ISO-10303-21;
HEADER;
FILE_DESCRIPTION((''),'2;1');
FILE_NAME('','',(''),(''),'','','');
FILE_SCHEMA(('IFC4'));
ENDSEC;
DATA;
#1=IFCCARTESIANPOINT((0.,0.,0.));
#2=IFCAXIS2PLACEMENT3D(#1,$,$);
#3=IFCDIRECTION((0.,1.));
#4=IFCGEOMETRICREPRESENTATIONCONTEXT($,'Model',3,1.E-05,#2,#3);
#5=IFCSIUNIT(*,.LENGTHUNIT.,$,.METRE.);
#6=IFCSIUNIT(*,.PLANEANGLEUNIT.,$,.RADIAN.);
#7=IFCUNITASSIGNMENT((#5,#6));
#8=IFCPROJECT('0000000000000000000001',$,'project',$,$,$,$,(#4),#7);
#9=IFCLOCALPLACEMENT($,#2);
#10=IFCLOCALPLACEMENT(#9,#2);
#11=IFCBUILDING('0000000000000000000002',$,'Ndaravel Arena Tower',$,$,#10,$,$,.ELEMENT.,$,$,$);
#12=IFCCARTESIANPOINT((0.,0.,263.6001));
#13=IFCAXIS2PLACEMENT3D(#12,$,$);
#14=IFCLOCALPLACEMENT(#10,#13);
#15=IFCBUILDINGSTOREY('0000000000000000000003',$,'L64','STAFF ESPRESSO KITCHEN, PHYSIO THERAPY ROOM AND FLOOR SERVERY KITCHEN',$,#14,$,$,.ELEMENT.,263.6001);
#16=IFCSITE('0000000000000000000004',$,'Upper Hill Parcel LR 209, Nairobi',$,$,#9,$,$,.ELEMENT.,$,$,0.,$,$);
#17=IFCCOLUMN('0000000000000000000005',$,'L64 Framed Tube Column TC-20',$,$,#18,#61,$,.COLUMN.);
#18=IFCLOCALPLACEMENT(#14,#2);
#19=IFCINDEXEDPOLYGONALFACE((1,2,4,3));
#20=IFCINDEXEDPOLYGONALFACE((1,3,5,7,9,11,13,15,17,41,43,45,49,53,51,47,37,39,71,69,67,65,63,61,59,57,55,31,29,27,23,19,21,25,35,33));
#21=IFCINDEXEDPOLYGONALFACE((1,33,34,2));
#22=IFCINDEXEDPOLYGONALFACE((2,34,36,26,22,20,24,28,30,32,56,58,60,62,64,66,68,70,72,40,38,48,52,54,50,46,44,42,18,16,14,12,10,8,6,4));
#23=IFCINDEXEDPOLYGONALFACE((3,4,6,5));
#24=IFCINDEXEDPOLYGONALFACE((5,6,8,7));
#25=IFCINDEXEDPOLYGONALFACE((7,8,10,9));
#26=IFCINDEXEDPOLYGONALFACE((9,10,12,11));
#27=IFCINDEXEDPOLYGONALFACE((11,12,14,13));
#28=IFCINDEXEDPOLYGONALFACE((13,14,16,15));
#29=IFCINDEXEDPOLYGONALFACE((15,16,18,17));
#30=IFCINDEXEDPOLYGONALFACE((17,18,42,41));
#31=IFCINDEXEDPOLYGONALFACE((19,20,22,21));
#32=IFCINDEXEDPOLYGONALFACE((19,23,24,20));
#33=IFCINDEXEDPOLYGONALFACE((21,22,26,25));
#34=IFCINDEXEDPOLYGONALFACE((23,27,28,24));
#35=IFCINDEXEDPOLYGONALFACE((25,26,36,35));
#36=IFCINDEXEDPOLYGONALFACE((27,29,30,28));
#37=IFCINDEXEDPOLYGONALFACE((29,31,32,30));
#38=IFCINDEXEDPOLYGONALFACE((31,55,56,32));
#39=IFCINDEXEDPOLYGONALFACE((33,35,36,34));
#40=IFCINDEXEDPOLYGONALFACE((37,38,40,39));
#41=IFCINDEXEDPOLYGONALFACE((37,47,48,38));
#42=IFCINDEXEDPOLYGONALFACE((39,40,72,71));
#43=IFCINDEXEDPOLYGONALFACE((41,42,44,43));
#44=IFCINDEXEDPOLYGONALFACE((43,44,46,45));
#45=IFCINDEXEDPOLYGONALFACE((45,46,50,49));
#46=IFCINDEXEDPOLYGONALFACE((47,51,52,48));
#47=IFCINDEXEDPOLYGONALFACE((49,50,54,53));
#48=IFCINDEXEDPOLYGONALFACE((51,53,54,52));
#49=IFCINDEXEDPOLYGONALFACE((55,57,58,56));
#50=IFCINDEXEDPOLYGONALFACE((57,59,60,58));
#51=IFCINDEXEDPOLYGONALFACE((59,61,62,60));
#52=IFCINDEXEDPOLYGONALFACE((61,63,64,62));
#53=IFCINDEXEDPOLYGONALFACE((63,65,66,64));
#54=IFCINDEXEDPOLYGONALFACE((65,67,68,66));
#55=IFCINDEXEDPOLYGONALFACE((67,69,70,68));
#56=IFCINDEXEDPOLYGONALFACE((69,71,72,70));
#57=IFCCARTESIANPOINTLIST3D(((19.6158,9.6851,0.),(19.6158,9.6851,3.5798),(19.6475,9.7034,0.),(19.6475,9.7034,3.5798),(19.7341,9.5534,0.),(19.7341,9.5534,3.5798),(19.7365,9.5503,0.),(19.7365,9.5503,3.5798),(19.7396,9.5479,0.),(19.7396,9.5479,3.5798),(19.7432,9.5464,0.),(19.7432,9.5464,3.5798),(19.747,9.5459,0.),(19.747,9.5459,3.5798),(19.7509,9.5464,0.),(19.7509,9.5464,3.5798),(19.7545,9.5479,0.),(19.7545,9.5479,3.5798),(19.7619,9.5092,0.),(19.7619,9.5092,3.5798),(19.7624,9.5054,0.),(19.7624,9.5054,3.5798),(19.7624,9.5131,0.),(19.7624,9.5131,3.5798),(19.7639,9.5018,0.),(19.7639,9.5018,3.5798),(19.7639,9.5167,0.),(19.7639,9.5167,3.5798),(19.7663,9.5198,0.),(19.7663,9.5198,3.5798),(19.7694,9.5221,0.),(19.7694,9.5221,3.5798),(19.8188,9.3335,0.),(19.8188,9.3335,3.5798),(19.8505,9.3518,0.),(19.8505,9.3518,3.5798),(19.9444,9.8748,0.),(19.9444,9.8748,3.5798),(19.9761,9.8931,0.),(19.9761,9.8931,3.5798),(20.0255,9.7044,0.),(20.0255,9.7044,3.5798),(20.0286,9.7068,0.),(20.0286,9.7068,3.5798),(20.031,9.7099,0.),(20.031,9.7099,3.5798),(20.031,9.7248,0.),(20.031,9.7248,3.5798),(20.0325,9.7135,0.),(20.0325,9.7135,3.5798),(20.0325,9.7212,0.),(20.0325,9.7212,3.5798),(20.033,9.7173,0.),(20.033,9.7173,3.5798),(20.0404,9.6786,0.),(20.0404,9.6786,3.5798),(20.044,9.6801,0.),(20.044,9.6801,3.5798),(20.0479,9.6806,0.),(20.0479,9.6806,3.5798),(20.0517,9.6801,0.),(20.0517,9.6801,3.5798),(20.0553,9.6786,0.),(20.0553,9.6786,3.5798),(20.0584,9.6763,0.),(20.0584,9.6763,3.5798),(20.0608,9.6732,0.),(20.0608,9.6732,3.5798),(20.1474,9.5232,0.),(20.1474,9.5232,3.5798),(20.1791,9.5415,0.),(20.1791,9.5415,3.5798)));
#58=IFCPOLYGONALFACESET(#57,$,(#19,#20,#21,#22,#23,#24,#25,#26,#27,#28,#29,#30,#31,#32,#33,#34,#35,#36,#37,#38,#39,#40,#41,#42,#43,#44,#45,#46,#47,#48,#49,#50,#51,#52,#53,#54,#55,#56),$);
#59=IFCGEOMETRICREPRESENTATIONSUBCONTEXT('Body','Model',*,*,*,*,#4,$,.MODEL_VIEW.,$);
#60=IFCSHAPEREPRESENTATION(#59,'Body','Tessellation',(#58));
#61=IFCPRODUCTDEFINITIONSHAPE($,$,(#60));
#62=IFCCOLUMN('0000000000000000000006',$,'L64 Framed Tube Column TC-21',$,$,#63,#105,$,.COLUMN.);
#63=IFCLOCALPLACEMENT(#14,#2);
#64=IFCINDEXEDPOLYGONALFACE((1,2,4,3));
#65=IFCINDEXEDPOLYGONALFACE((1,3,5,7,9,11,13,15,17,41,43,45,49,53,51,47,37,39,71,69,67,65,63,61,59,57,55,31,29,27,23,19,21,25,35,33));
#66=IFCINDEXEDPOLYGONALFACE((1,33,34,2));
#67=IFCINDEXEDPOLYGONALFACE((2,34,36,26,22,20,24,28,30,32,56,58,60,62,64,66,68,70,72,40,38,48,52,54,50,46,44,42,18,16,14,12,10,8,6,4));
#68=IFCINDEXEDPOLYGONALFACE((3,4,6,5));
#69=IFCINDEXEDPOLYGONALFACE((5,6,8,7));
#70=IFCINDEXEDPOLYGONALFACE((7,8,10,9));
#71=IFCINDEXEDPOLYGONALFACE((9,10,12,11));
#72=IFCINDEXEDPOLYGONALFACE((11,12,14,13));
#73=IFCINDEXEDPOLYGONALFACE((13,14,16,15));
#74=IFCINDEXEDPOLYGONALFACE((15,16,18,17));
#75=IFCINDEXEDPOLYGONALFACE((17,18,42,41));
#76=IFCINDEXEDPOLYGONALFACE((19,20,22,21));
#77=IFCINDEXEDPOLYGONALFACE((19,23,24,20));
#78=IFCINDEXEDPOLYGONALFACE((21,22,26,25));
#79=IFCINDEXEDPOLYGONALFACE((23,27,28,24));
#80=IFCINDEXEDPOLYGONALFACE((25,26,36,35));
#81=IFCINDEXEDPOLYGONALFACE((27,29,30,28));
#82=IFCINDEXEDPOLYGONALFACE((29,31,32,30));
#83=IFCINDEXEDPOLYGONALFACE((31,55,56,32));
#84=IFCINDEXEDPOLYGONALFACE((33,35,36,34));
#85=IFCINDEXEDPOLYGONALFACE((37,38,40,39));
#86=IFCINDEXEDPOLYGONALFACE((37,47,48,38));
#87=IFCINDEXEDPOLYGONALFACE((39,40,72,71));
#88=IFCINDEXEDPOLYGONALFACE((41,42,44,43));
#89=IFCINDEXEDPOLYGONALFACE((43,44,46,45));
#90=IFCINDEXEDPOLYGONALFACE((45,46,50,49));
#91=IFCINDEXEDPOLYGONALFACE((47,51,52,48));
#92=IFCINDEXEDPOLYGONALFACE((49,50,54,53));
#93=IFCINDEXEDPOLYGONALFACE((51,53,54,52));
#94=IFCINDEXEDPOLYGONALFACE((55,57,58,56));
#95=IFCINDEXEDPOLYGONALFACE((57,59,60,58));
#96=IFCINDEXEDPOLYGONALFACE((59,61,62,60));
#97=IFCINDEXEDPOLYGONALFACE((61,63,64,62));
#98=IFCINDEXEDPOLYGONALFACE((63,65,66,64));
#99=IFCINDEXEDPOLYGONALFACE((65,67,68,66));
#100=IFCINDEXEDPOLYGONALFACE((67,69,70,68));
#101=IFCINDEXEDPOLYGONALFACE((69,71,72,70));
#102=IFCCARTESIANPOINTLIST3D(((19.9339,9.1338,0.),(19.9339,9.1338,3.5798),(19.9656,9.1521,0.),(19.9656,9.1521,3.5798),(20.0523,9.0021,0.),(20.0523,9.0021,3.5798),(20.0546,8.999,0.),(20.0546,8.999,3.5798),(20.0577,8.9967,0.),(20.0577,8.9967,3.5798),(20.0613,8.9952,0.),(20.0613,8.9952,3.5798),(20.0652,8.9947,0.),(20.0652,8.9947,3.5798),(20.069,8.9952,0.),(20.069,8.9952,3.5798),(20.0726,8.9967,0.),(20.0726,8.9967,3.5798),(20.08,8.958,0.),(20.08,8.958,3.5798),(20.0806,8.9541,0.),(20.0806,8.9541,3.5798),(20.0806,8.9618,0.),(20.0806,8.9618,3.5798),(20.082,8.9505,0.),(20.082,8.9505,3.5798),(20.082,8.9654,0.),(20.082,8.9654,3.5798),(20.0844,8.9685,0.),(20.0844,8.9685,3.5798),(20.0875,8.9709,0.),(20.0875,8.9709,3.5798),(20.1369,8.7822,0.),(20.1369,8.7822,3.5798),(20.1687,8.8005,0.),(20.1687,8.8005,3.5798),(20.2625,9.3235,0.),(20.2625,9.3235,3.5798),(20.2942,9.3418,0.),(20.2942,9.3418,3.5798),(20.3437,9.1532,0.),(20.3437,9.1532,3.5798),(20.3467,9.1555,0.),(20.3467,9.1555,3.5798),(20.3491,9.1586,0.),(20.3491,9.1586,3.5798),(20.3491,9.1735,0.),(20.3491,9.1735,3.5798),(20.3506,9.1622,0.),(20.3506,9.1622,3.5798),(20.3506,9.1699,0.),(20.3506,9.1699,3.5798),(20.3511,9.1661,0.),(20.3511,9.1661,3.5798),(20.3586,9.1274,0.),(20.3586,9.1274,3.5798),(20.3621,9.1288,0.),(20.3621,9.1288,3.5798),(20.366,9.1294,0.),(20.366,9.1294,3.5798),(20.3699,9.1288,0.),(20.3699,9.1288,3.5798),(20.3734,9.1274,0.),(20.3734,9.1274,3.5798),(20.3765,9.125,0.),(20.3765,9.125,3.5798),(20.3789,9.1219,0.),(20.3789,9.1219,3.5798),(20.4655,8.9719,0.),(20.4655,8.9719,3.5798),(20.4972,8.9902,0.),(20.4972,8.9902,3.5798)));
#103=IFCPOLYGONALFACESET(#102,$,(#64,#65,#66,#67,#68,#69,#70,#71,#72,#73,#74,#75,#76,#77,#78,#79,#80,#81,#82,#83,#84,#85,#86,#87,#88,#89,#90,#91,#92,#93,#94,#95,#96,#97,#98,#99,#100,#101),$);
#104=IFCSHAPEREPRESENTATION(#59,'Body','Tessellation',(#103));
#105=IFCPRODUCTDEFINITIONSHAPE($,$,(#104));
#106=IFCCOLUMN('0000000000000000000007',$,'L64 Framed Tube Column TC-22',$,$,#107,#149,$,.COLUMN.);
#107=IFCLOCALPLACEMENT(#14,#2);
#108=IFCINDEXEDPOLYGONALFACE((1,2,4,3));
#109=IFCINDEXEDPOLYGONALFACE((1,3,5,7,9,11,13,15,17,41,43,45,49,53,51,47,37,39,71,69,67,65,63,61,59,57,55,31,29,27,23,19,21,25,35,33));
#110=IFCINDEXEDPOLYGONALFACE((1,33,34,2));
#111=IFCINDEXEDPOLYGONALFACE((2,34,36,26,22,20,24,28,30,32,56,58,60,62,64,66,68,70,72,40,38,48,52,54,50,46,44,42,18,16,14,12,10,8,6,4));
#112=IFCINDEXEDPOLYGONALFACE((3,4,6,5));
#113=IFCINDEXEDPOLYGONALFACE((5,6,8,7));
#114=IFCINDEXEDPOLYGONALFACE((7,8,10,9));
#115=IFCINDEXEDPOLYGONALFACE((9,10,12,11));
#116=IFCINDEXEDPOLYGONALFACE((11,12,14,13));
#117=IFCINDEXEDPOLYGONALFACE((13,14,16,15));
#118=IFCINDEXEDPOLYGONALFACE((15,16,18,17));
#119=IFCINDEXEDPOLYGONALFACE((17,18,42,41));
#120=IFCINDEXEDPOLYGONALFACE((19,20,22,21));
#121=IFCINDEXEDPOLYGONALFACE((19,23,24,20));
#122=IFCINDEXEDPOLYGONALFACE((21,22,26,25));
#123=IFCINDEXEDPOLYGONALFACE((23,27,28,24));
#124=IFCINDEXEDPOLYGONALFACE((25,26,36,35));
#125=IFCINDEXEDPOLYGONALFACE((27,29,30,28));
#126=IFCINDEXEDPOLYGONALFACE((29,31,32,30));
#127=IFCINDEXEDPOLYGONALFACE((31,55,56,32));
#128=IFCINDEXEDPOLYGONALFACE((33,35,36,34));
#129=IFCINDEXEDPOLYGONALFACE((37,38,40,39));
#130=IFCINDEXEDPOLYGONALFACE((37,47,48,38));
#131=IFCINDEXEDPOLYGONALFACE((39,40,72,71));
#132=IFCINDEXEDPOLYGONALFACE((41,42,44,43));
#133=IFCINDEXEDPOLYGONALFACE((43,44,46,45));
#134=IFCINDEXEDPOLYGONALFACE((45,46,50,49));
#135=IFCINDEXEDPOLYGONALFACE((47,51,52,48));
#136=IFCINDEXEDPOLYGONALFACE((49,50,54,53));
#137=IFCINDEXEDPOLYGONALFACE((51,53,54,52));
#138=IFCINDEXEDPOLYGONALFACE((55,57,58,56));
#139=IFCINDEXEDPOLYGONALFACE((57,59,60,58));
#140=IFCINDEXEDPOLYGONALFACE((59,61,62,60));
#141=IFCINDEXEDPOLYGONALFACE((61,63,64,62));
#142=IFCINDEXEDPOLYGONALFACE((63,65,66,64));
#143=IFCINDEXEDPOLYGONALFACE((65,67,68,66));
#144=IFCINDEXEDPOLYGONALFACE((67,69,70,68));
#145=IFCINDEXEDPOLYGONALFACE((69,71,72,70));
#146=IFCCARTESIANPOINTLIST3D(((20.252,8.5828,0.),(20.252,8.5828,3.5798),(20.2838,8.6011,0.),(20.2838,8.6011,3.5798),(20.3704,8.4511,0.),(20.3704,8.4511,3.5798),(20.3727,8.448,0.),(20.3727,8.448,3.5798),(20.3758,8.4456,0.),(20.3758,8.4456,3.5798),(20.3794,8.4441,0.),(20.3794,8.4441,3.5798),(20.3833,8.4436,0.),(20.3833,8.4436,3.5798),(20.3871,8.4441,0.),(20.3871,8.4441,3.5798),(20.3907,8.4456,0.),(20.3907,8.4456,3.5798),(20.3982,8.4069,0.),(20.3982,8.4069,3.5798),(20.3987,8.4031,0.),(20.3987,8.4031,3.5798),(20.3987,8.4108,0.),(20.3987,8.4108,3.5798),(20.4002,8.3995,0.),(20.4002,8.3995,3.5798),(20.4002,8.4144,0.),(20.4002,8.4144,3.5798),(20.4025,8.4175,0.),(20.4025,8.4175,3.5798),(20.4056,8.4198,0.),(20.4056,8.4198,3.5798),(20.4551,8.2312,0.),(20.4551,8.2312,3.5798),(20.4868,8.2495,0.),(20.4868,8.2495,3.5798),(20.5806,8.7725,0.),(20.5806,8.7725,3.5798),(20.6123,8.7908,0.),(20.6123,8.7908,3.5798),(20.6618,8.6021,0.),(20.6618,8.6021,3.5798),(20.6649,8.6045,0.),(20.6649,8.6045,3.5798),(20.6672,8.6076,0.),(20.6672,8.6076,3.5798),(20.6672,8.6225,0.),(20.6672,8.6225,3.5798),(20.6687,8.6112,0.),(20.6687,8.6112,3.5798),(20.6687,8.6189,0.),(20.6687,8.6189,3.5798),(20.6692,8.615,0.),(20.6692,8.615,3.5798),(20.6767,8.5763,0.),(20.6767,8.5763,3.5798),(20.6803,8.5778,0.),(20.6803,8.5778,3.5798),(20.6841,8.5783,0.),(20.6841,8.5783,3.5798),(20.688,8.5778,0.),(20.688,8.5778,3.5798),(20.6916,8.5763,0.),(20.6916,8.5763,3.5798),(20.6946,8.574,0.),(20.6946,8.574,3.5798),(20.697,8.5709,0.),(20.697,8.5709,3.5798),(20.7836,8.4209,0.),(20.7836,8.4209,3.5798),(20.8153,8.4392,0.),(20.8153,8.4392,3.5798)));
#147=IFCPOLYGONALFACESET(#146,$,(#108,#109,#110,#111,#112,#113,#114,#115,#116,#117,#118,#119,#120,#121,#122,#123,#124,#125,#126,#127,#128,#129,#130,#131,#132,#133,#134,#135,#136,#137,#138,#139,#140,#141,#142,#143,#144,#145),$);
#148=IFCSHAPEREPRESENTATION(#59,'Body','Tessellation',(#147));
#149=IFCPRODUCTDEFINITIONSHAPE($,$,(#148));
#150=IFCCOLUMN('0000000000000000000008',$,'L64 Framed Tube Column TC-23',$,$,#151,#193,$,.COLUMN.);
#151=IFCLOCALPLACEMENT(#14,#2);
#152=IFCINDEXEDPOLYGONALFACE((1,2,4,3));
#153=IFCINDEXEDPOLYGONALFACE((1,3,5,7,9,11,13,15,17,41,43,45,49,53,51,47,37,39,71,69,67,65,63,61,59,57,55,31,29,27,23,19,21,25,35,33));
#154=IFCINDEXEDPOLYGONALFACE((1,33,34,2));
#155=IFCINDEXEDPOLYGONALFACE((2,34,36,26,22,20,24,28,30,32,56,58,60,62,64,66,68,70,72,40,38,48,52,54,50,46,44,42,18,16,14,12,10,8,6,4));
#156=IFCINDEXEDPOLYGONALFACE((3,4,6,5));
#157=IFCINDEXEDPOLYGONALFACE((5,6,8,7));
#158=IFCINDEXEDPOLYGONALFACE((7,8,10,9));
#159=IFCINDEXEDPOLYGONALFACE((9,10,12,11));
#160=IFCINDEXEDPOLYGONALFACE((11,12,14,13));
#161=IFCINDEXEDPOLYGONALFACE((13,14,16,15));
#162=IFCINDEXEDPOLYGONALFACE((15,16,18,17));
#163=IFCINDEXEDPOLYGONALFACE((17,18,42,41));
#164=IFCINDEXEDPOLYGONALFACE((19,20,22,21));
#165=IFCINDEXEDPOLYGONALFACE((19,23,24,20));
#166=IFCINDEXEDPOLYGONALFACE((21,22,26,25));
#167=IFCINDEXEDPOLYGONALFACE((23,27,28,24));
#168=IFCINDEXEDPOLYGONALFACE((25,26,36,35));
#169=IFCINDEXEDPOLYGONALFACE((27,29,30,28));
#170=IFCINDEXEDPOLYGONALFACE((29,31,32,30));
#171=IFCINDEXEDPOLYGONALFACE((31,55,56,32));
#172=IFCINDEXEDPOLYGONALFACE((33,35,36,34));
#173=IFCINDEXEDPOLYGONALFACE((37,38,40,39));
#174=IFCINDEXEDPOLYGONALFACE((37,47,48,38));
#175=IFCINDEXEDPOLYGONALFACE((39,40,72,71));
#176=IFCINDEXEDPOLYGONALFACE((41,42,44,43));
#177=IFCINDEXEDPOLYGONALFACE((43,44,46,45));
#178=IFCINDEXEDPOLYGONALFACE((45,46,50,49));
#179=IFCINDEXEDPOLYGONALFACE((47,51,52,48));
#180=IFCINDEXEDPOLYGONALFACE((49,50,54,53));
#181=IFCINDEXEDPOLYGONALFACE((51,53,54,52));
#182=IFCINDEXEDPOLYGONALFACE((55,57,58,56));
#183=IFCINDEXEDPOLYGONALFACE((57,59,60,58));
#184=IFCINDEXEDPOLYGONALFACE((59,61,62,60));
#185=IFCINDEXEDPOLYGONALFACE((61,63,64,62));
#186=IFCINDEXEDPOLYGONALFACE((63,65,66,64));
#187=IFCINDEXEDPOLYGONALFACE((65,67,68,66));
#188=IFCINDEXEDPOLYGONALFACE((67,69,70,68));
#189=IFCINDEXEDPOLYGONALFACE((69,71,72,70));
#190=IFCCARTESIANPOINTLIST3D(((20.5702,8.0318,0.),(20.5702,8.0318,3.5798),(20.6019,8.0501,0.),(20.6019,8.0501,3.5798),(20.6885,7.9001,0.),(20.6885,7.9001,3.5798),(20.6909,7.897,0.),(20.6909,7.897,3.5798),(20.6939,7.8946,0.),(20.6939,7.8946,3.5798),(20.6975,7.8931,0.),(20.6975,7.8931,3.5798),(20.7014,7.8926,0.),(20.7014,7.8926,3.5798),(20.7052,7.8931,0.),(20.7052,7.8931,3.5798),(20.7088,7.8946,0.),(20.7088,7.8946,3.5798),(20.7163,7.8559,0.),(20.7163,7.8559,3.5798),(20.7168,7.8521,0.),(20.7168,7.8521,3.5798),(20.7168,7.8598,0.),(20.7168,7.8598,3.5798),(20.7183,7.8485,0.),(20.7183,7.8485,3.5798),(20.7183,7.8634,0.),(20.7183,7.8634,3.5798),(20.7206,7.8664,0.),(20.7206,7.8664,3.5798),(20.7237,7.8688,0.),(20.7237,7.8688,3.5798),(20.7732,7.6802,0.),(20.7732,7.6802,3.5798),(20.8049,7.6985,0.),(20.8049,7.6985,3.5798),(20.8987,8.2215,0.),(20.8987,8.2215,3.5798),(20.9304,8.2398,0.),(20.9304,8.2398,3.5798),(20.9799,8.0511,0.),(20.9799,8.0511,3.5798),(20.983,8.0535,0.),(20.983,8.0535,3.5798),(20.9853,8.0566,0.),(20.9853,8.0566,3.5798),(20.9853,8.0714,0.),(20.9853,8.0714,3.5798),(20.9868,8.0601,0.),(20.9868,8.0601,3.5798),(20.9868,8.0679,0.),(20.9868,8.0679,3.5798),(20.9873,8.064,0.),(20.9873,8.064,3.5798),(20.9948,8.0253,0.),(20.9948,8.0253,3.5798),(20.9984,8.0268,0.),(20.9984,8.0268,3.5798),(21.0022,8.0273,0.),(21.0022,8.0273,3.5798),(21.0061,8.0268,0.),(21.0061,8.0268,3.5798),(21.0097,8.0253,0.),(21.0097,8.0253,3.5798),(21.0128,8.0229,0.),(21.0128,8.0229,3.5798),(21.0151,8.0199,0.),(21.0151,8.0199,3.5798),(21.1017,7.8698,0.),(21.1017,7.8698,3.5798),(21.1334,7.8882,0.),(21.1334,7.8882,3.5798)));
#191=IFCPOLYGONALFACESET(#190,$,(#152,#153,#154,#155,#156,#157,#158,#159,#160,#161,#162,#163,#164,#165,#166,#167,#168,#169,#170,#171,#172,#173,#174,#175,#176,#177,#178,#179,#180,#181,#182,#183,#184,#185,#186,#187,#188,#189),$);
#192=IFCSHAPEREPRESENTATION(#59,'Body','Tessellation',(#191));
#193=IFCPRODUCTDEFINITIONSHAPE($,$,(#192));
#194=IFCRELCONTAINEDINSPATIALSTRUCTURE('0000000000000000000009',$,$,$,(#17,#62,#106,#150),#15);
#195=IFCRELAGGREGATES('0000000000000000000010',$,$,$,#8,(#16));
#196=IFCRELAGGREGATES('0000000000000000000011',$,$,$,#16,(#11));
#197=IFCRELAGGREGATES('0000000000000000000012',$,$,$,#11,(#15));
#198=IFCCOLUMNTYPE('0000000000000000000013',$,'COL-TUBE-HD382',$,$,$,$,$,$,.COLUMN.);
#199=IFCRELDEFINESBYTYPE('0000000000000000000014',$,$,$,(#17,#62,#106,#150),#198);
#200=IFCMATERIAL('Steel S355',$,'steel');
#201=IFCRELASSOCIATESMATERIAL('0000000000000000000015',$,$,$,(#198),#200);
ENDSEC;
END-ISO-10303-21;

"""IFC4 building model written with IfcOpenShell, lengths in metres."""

from ifc_helpers import new_model, si_unit, direction, frame, origin, origin_2d, place, context, subcontext, project, spatial, i_section, extrude, material, material_profile, profile_set, type_object, element, save


model = new_model("IFC4")

# Units and contexts
model_context = context("Model", 3, precision=1e-05, world=origin(), true_north=direction((0.0, 1.0)))
body_context = subcontext(model_context, "Body", "Model", "MODEL_VIEW")
ifc_project = project(units=[si_unit("LENGTHUNIT", "METRE"), si_unit("PLANEANGLEUNIT", "RADIAN")], contexts=[model_context])

# Site, building, storey
site_placement = place(None, origin())
site = spatial("IfcSite", under=ifc_project, at=site_placement, Name="Upper Hill Parcel LR 209, Nairobi", CompositionType="ELEMENT", RefElevation=0.0)
building_placement = place(site_placement, origin())
building = spatial("IfcBuilding", under=site, at=building_placement, Name="Ndaravel Arena Tower", CompositionType="ELEMENT")
storey_placement = place(building_placement, frame((0.0, 0.0, 263.6001)))
storey = spatial("IfcBuildingStorey", under=building, at=storey_placement, Name="L64", Description="STAFF ESPRESSO KITCHEN, PHYSIO THERAPY ROOM AND FLOOR SERVERY KITCHEN", CompositionType="ELEMENT", Elevation=263.6001)

# Columns
ifc_material_1 = material(Name="Steel S355", Category="steel")
ifc_material_profile_1 = material_profile(ifc_material_1, i_section(OverallWidth=0.406, OverallDepth=0.416, WebThickness=0.0298, FlangeThickness=0.0366, FilletRadius=0.0149, at=origin_2d()), Name="HD 400x382")
ifc_profile_set_1 = profile_set([ifc_material_profile_1], Name="Steel S355")
column_type = type_object("IfcColumnType", Name="COL-TUBE-HD382", PredefinedType="COLUMN", material=ifc_profile_set_1)
for number, where, z_axis, x_axis, name in (
    (1, (19.8975, 9.6133, 0.0), (0.0, 0.0, 1.0), (-0.5, 0.866025, 0.0), "L64 Framed Tube Column TC-20"),
    (2, (20.2156, 9.062, 0.0), (0.0, 0.0, 1.0), (-0.5, 0.866025, 0.0), "L64 Framed Tube Column TC-21"),
    (3, (20.5337, 8.511, 0.0), (0.0, 0.0, 1.0), (-0.5, 0.866025, 0.0), "L64 Framed Tube Column TC-22"),
    (4, (20.8518, 7.96, 0.0), (0.0, 0.0, 1.0), (-0.5, 0.866025, 0.0), "L64 Framed Tube Column TC-23"),
):
    element("IfcColumn", number, at=place(storey_placement, frame(where, z_axis=z_axis, x_axis=x_axis)), inside=storey, type_object=column_type, Name=name, PredefinedType="COLUMN", context=body_context, shape_type="SweptSolid", body=[
        extrude(i_section(OverallWidth=0.406, OverallDepth=0.416, WebThickness=0.0298, FlangeThickness=0.0366, FilletRadius=0.0149, at=origin_2d()), origin(), (0.0, 0.0, 1.0), 3.5798),
    ])

save(model, "model.ifc")
